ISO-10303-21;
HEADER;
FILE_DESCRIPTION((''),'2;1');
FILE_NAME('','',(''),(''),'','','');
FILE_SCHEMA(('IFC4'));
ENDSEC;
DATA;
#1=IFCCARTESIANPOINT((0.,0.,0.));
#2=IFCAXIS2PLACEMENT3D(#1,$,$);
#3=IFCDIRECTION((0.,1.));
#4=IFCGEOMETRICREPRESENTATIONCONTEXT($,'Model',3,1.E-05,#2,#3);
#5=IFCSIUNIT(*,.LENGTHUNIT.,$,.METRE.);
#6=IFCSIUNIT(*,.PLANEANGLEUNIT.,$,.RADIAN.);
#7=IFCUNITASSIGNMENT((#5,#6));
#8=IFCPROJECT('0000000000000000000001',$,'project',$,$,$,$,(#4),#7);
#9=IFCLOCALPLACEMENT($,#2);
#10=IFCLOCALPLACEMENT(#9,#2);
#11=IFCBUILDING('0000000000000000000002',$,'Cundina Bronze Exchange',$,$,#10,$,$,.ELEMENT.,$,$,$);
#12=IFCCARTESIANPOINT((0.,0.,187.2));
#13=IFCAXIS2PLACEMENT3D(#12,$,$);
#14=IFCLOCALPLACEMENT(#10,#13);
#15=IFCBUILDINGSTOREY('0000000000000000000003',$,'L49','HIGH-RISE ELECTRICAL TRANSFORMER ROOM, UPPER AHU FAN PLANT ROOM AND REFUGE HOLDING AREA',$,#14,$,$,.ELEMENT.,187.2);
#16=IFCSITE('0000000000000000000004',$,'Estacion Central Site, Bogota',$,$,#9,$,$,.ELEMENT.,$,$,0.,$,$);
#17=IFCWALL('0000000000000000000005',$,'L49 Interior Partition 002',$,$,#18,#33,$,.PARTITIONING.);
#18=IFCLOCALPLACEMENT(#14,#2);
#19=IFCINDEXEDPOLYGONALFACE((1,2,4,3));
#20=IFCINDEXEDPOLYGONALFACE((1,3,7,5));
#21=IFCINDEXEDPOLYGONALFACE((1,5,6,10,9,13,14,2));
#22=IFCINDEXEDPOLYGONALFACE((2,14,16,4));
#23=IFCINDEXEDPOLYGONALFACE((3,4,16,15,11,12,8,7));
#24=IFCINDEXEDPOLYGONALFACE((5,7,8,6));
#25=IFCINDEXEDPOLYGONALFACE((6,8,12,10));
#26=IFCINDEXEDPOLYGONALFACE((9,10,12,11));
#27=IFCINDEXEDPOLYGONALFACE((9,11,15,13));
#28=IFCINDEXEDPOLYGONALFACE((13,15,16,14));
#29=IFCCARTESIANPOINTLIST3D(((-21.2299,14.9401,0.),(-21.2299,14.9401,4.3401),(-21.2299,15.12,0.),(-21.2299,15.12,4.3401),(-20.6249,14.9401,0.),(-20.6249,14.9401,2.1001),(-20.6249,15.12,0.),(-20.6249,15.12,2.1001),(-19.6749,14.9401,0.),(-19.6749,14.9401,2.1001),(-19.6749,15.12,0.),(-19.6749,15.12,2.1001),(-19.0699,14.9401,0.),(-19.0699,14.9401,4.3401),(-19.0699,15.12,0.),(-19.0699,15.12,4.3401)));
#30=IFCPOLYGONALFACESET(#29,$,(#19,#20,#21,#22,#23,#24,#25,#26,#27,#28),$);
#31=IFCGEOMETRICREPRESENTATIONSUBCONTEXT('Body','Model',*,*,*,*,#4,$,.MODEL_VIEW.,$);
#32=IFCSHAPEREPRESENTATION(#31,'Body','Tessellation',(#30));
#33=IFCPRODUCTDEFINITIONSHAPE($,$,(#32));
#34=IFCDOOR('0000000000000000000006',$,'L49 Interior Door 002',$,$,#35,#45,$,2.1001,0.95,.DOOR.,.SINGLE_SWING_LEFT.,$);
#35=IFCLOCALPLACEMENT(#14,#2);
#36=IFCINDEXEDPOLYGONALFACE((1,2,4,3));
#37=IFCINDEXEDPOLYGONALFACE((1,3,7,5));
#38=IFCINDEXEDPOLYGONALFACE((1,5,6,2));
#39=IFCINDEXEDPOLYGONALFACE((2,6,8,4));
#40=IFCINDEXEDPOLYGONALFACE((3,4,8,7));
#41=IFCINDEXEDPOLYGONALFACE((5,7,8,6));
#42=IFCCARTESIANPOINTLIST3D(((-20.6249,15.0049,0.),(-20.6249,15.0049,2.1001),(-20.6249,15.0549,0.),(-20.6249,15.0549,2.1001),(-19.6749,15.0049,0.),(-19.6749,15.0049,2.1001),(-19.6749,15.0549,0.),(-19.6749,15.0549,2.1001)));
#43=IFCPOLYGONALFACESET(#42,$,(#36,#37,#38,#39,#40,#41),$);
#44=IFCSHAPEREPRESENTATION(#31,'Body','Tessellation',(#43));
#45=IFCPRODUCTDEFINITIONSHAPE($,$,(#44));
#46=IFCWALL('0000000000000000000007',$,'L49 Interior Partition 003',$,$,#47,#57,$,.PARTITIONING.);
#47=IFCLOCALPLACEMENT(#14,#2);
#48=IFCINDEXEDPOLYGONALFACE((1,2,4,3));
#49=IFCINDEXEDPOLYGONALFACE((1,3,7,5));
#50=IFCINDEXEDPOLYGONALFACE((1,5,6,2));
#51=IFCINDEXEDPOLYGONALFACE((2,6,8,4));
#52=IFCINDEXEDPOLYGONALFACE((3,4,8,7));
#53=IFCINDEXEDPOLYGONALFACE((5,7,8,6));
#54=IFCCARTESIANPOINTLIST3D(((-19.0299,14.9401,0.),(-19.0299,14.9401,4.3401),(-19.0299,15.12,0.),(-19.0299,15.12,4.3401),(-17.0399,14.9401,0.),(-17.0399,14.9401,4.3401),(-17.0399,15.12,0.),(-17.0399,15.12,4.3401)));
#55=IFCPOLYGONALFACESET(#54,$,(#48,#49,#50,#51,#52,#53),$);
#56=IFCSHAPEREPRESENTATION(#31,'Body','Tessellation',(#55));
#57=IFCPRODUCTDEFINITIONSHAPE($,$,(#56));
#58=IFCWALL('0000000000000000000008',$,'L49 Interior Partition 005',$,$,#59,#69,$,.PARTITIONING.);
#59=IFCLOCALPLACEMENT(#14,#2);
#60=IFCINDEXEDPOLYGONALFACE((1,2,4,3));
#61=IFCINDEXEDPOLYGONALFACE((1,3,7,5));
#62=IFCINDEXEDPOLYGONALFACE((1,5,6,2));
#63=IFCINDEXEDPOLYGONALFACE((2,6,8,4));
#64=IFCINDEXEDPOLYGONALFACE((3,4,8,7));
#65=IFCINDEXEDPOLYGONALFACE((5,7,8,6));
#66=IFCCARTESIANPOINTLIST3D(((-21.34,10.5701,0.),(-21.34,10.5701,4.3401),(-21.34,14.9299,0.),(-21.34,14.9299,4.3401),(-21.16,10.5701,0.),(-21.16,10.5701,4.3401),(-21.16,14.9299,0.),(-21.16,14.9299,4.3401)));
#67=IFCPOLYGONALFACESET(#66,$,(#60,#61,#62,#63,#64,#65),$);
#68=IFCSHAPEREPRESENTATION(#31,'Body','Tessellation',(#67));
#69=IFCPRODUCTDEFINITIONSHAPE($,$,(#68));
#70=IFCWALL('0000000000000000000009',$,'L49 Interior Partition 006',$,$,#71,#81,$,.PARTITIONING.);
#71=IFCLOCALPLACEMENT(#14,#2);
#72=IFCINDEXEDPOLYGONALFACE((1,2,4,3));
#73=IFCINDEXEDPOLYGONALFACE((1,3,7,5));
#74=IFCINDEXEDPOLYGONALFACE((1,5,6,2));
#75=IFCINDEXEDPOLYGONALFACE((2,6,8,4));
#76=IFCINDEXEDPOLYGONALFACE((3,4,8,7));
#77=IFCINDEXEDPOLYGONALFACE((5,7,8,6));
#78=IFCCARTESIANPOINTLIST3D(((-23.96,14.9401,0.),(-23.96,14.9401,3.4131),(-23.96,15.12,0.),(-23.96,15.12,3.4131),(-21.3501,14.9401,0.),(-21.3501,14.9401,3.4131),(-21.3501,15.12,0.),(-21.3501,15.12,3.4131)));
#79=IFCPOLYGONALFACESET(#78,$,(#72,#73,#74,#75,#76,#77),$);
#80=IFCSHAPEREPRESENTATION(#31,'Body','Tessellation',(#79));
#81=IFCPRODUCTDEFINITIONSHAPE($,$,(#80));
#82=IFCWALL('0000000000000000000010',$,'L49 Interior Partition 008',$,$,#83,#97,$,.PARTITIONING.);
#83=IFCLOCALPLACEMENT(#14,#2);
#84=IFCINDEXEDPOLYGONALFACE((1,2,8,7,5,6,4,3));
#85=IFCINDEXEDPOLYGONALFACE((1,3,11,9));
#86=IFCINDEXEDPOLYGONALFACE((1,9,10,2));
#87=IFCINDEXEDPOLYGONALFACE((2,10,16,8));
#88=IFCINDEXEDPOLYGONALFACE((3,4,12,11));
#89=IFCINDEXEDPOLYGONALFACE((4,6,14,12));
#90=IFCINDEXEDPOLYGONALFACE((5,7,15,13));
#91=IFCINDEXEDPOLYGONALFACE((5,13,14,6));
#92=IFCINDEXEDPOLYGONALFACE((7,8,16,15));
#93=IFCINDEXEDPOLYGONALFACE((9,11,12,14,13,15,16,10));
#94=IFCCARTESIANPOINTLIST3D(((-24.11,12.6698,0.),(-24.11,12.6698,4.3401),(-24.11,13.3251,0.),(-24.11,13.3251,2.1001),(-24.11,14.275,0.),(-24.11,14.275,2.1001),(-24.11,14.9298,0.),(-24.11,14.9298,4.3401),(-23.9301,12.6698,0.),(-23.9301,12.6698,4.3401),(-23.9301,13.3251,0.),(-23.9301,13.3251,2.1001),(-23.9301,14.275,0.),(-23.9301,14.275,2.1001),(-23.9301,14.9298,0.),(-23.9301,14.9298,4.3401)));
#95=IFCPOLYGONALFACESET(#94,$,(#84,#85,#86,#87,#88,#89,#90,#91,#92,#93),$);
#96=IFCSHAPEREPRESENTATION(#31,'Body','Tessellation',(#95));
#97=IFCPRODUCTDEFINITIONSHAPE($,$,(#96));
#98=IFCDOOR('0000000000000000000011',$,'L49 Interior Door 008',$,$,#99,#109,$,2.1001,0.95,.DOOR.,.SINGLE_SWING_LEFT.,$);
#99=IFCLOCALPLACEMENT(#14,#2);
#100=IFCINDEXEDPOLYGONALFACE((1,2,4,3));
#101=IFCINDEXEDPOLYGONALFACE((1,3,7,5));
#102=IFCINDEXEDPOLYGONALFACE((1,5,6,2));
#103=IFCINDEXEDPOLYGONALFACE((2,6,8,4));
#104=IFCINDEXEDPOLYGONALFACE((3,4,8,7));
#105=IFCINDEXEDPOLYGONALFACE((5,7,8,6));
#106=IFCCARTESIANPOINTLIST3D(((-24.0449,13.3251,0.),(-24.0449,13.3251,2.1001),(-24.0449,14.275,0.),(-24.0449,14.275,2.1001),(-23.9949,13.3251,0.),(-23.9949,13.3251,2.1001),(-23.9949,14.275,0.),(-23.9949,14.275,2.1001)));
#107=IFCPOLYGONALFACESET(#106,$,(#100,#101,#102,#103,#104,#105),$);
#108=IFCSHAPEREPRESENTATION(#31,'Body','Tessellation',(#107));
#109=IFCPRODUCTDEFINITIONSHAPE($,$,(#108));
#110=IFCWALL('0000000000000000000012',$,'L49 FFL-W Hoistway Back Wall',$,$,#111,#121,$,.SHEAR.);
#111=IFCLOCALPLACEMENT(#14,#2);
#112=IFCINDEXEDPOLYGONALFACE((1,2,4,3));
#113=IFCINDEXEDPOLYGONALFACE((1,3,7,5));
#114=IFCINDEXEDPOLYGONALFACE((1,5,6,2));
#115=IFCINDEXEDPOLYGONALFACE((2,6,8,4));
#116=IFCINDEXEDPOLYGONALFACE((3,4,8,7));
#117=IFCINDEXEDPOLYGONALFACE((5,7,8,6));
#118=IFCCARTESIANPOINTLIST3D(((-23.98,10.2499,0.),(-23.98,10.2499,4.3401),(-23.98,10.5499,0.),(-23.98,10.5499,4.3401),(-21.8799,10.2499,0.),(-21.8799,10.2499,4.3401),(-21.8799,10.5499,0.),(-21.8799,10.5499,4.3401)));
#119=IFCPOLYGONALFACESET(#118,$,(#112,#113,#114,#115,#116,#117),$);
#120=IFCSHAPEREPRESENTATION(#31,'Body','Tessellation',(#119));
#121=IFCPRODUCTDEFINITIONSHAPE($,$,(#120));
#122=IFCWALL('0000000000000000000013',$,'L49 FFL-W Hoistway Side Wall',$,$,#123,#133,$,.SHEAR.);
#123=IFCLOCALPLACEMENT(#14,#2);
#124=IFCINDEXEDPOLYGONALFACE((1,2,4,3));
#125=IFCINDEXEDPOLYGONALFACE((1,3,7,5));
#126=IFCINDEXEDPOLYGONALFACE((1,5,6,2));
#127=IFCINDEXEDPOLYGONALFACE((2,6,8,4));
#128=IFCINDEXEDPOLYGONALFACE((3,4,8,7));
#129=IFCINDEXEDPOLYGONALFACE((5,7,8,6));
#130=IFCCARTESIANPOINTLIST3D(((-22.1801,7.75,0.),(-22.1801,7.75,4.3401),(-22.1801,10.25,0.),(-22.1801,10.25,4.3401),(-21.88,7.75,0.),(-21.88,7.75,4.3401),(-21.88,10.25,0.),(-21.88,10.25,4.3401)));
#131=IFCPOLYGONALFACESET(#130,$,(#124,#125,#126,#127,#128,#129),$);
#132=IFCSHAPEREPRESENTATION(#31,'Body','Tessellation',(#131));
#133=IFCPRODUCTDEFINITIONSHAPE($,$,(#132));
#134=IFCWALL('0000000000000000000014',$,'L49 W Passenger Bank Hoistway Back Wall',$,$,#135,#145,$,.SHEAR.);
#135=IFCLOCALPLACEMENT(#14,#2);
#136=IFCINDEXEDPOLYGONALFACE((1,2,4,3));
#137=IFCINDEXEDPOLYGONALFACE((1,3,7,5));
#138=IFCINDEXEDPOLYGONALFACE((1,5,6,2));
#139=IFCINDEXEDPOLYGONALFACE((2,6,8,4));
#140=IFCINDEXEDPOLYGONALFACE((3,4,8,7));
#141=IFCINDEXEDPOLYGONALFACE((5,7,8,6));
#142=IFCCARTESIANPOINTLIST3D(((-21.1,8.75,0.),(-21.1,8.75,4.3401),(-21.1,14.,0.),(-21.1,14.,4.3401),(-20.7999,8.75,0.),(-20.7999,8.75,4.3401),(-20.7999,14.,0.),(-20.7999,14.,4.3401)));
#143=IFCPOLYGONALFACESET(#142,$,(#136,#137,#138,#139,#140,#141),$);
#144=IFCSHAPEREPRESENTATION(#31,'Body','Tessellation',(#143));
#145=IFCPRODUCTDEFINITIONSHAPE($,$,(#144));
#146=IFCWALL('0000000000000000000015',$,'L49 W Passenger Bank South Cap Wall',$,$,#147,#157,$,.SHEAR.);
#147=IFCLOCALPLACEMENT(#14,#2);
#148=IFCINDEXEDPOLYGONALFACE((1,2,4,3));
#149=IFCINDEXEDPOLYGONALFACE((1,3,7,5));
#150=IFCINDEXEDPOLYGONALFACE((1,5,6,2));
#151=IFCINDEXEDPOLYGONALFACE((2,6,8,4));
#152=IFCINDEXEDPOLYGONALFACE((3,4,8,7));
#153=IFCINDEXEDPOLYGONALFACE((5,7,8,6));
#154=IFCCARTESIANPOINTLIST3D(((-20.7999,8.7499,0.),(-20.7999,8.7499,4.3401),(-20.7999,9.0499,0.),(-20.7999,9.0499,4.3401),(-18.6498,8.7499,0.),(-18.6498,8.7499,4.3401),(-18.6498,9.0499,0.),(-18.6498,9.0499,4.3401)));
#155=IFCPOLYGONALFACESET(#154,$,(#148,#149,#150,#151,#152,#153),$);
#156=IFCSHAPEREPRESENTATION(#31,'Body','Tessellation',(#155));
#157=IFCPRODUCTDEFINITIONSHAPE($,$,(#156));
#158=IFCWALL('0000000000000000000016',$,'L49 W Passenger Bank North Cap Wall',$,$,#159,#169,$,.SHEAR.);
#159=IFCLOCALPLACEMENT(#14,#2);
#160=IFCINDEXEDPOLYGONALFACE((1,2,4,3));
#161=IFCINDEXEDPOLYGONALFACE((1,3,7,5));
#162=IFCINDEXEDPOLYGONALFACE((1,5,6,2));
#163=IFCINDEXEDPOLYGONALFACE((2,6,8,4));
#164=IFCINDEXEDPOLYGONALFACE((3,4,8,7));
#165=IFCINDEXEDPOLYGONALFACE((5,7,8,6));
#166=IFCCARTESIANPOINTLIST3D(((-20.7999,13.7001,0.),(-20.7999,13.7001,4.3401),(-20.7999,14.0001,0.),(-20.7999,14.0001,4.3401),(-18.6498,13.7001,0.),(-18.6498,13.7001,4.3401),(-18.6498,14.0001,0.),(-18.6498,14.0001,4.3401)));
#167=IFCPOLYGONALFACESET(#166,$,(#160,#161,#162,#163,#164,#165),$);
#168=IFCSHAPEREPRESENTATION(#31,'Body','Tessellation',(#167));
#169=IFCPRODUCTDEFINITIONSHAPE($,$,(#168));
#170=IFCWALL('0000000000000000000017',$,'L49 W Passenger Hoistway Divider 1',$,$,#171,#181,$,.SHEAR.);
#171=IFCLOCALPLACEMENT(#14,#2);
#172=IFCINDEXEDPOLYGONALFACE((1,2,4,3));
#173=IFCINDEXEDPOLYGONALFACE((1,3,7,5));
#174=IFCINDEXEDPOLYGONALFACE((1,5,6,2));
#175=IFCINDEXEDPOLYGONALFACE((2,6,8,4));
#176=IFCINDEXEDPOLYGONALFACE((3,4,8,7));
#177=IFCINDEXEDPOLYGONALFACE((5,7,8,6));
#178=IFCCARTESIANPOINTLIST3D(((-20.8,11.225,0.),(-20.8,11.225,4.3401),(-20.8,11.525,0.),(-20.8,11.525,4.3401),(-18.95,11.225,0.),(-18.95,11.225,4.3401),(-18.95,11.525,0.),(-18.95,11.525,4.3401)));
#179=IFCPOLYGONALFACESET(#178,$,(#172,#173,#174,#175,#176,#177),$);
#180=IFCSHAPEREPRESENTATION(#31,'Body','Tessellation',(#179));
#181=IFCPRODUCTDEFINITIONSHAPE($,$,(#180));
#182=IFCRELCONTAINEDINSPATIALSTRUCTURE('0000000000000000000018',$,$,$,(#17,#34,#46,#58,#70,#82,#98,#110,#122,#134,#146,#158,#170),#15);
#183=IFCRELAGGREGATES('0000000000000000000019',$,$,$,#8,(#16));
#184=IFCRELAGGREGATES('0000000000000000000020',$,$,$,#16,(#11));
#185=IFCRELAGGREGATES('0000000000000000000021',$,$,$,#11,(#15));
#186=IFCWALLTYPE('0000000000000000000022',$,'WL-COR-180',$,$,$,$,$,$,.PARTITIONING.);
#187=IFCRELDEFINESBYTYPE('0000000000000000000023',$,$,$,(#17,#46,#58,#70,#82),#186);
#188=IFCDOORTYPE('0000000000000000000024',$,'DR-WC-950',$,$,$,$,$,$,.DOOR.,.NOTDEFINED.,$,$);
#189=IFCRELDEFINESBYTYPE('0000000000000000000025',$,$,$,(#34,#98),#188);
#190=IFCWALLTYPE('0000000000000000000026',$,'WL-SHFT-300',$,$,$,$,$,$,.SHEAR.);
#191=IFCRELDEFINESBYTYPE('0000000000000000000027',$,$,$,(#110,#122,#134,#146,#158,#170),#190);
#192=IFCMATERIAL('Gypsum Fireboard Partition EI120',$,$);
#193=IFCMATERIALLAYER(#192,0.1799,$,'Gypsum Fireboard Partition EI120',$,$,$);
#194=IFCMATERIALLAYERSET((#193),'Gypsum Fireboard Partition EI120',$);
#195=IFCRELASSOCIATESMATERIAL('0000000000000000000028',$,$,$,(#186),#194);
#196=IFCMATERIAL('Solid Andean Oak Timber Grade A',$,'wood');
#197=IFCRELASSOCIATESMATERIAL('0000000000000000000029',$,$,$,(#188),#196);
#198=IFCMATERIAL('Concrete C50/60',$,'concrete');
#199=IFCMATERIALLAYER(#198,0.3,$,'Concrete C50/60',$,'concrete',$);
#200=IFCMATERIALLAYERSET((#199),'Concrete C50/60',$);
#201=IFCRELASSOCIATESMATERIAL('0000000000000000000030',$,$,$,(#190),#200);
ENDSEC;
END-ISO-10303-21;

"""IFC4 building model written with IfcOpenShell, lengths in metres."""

from ifc_helpers import new_model, si_unit, direction, frame, frame_2d, origin, place, context, subcontext, project, spatial, rectangle, extrude, material, layer, layer_set, type_object, element, fill, save


model = new_model("IFC4")

# Units and contexts
model_context = context("Model", 3, precision=1e-05, world=origin(), true_north=direction((0.0, 1.0)))
body_context = subcontext(model_context, "Body", "Model", "MODEL_VIEW")
ifc_project = project(units=[si_unit("LENGTHUNIT", "METRE"), si_unit("PLANEANGLEUNIT", "RADIAN")], contexts=[model_context])

# Site, building, storey
site_placement = place(None, origin())
site = spatial("IfcSite", under=ifc_project, at=site_placement, Name="Estacion Central Site, Bogota", CompositionType="ELEMENT", RefElevation=0.0)
building_placement = place(site_placement, origin())
building = spatial("IfcBuilding", under=site, at=building_placement, Name="Cundina Bronze Exchange", CompositionType="ELEMENT")
storey_placement = place(building_placement, frame((0.0, 0.0, 187.2)))
storey = spatial("IfcBuildingStorey", under=building, at=storey_placement, Name="L49", Description="HIGH-RISE ELECTRICAL TRANSFORMER ROOM, UPPER AHU FAN PLANT ROOM AND REFUGE HOLDING AREA", CompositionType="ELEMENT", Elevation=187.2)

# Shared definitions
ifc_material_1 = material(Name="Concrete C50/60", Category="concrete")

# Shared definitions
ifc_material_2 = material(Name="Gypsum Fireboard Partition EI120")
ifc_layer_1 = layer(ifc_material_2, 0.1799, Name="Gypsum Fireboard Partition EI120")
ifc_layer_set_1 = layer_set([ifc_layer_1], Name="Gypsum Fireboard Partition EI120")
wall_type_1 = type_object("IfcWallType", Name="WL-COR-180", PredefinedType="PARTITIONING", material=ifc_layer_set_1)

# Wall, opening, door
wall_1_placement = place(storey_placement, frame((-21.23, 15.03, 0.0), z_axis=(0.0, 0.0, 1.0), x_axis=(1.0, 0.0, 0.0)))
wall_1 = element("IfcWall", 1, at=wall_1_placement, inside=storey, type_object=wall_type_1, Name="L49 Interior Partition 002", PredefinedType="PARTITIONING", context=body_context, shape_type="SweptSolid", body=[
    extrude(rectangle(XDim=2.1599, YDim=0.1799, at=frame_2d((1.0801, 0.0))), origin(), (0.0, 0.0, 1.0), 4.3401),
])
opening_1_placement = place(wall_1_placement, frame((0.605, 0.0, 0.0)))
opening_1 = element("IfcOpeningElement", 2, at=opening_1_placement, cuts=wall_1, PredefinedType="OPENING", context=body_context, shape_type="SweptSolid", body=[
    extrude(rectangle(XDim=0.95, YDim=2.1001, at=frame_2d((0.4751, 1.05))), frame((0.0, 0.0999, 0.0), z_axis=(0.0, -1.0, 0.0), x_axis=(1.0, 0.0, 0.0)), (0.0, 0.0, 1.0), 0.2),
])
ifc_material_3 = material(Name="Solid Andean Oak Timber Grade A", Category="wood")
door_type_1 = type_object("IfcDoorType", Name="DR-WC-950", OperationType="NOTDEFINED", PredefinedType="DOOR", material=ifc_material_3)
door_1_placement = place(opening_1_placement, origin())
door_1 = element("IfcDoor", 3, at=door_1_placement, inside=storey, type_object=door_type_1, Name="L49 Interior Door 002", OperationType="SINGLE_SWING_LEFT", OverallHeight=2.1001, OverallWidth=0.95, PredefinedType="DOOR", context=body_context, shape_type="SweptSolid", body=[
    extrude(rectangle(XDim=0.95, YDim=2.1001, at=frame_2d((0.4751, 1.05))), frame((0.0, 0.0249, 0.0), z_axis=(0.0, -1.0, 0.0), x_axis=(1.0, 0.0, 0.0)), (0.0, 0.0, 1.0), 0.05),
])
fill(opening_1, door_1)

# Walls
wall_2_placement = place(storey_placement, frame((-19.03, 15.03, 0.0), z_axis=(0.0, 0.0, 1.0), x_axis=(1.0, 0.0, 0.0)))
element("IfcWall", 4, at=wall_2_placement, inside=storey, type_object=wall_type_1, Name="L49 Interior Partition 003", PredefinedType="PARTITIONING", context=body_context, shape_type="SweptSolid", body=[
    extrude(rectangle(XDim=1.99, YDim=0.1799, at=frame_2d((0.9951, 0.0))), origin(), (0.0, 0.0, 1.0), 4.3401),
])
wall_3_placement = place(storey_placement, frame((-21.25, 10.5701, 0.0), z_axis=(0.0, 0.0, 1.0), x_axis=(0.0, 1.0, 0.0)))
element("IfcWall", 5, at=wall_3_placement, inside=storey, type_object=wall_type_1, Name="L49 Interior Partition 005", PredefinedType="PARTITIONING", context=body_context, shape_type="SweptSolid", body=[
    extrude(rectangle(XDim=4.3599, YDim=0.1799, at=frame_2d((2.1799, 0.0))), origin(), (0.0, 0.0, 1.0), 4.3401),
])
wall_4_placement = place(storey_placement, frame((-23.96, 15.03, 0.0), z_axis=(0.0, 0.0, 1.0), x_axis=(1.0, 0.0, 0.0)))
element("IfcWall", 6, at=wall_4_placement, inside=storey, type_object=wall_type_1, Name="L49 Interior Partition 006", PredefinedType="PARTITIONING", context=body_context, shape_type="SweptSolid", body=[
    extrude(rectangle(XDim=2.6099, YDim=0.1799, at=frame_2d((1.3049, 0.0))), origin(), (0.0, 0.0, 1.0), 3.4131),
])

# Wall, opening, door
wall_5_placement = place(storey_placement, frame((-24.02, 12.6699, 0.0), z_axis=(0.0, 0.0, 1.0), x_axis=(0.0, 1.0, 0.0)))
wall_5 = element("IfcWall", 7, at=wall_5_placement, inside=storey, type_object=wall_type_1, Name="L49 Interior Partition 008", PredefinedType="PARTITIONING", context=body_context, shape_type="SweptSolid", body=[
    extrude(rectangle(XDim=2.26, YDim=0.1799, at=frame_2d((1.1299, 0.0))), origin(), (0.0, 0.0, 1.0), 4.3401),
])
opening_2_placement = place(wall_5_placement, frame((0.655, 0.0, 0.0)))
opening_2 = element("IfcOpeningElement", 8, at=opening_2_placement, cuts=wall_5, PredefinedType="OPENING", context=body_context, shape_type="SweptSolid", body=[
    extrude(rectangle(XDim=0.95, YDim=2.1001, at=frame_2d((0.4751, 1.05))), frame((0.0, 0.0999, 0.0), z_axis=(0.0, -1.0, 0.0), x_axis=(1.0, 0.0, 0.0)), (0.0, 0.0, 1.0), 0.2),
])
door_2_placement = place(opening_2_placement, origin())
door_2 = element("IfcDoor", 9, at=door_2_placement, inside=storey, type_object=door_type_1, Name="L49 Interior Door 008", OperationType="SINGLE_SWING_LEFT", OverallHeight=2.1001, OverallWidth=0.95, PredefinedType="DOOR", context=body_context, shape_type="SweptSolid", body=[
    extrude(rectangle(XDim=0.95, YDim=2.1001, at=frame_2d((0.4751, 1.05))), frame((0.0, 0.0249, 0.0), z_axis=(0.0, -1.0, 0.0), x_axis=(1.0, 0.0, 0.0)), (0.0, 0.0, 1.0), 0.05),
])
fill(opening_2, door_2)

# Walls
ifc_layer_2 = layer(ifc_material_1, 0.3, Name="Concrete C50/60", Category="concrete")
ifc_layer_set_2 = layer_set([ifc_layer_2], Name="Concrete C50/60")
wall_type_2 = type_object("IfcWallType", Name="WL-SHFT-300", PredefinedType="SHEAR", material=ifc_layer_set_2)
wall_6_placement = place(storey_placement, frame((-23.98, 10.3999, 0.0), z_axis=(0.0, 0.0, 1.0), x_axis=(1.0, 0.0, 0.0)))
element("IfcWall", 10, at=wall_6_placement, inside=storey, type_object=wall_type_2, Name="L49 FFL-W Hoistway Back Wall", PredefinedType="SHEAR", context=body_context, shape_type="SweptSolid", body=[
    extrude(rectangle(XDim=2.1001, YDim=0.3, at=frame_2d((1.05, 0.0))), origin(), (0.0, 0.0, 1.0), 4.3401),
])
wall_7_placement = place(storey_placement, frame((-22.03, 7.75, 0.0), z_axis=(0.0, 0.0, 1.0), x_axis=(0.0, 1.0, 0.0)))
element("IfcWall", 11, at=wall_7_placement, inside=storey, type_object=wall_type_2, Name="L49 FFL-W Hoistway Side Wall", PredefinedType="SHEAR", context=body_context, shape_type="SweptSolid", body=[
    extrude(rectangle(XDim=2.5, YDim=0.3, at=frame_2d((1.25, 0.0))), origin(), (0.0, 0.0, 1.0), 4.3401),
])
wall_8_placement = place(storey_placement, frame((-20.95, 8.75, 0.0), z_axis=(0.0, 0.0, 1.0), x_axis=(0.0, 1.0, 0.0)))
element("IfcWall", 12, at=wall_8_placement, inside=storey, type_object=wall_type_2, Name="L49 W Passenger Bank Hoistway Back Wall", PredefinedType="SHEAR", context=body_context, shape_type="SweptSolid", body=[
    extrude(rectangle(XDim=5.25, YDim=0.3, at=frame_2d((2.625, 0.0))), origin(), (0.0, 0.0, 1.0), 4.3401),
])
for number, where, z_axis, x_axis, name in (
    (13, (-20.8, 8.8999, 0.0), (0.0, 0.0, 1.0), (1.0, 0.0, 0.0), "L49 W Passenger Bank South Cap Wall"),
    (14, (-20.8, 13.8501, 0.0), (0.0, 0.0, 1.0), (1.0, 0.0, 0.0), "L49 W Passenger Bank North Cap Wall"),
):
    element("IfcWall", number, at=place(storey_placement, frame(where, z_axis=z_axis, x_axis=x_axis)), inside=storey, type_object=wall_type_2, Name=name, PredefinedType="SHEAR", context=body_context, shape_type="SweptSolid", body=[
        extrude(rectangle(XDim=2.1501, YDim=0.3, at=frame_2d((1.0752, 0.0))), origin(), (0.0, 0.0, 1.0), 4.3401),
    ])
wall_9_placement = place(storey_placement, frame((-20.8, 11.375, 0.0), z_axis=(0.0, 0.0, 1.0), x_axis=(1.0, 0.0, 0.0)))
element("IfcWall", 15, at=wall_9_placement, inside=storey, type_object=wall_type_2, Name="L49 W Passenger Hoistway Divider 1", PredefinedType="SHEAR", context=body_context, shape_type="SweptSolid", body=[
    extrude(rectangle(XDim=1.8501, YDim=0.3, at=frame_2d((0.925, 0.0))), origin(), (0.0, 0.0, 1.0), 4.3401),
])

save(model, "model.ifc")
